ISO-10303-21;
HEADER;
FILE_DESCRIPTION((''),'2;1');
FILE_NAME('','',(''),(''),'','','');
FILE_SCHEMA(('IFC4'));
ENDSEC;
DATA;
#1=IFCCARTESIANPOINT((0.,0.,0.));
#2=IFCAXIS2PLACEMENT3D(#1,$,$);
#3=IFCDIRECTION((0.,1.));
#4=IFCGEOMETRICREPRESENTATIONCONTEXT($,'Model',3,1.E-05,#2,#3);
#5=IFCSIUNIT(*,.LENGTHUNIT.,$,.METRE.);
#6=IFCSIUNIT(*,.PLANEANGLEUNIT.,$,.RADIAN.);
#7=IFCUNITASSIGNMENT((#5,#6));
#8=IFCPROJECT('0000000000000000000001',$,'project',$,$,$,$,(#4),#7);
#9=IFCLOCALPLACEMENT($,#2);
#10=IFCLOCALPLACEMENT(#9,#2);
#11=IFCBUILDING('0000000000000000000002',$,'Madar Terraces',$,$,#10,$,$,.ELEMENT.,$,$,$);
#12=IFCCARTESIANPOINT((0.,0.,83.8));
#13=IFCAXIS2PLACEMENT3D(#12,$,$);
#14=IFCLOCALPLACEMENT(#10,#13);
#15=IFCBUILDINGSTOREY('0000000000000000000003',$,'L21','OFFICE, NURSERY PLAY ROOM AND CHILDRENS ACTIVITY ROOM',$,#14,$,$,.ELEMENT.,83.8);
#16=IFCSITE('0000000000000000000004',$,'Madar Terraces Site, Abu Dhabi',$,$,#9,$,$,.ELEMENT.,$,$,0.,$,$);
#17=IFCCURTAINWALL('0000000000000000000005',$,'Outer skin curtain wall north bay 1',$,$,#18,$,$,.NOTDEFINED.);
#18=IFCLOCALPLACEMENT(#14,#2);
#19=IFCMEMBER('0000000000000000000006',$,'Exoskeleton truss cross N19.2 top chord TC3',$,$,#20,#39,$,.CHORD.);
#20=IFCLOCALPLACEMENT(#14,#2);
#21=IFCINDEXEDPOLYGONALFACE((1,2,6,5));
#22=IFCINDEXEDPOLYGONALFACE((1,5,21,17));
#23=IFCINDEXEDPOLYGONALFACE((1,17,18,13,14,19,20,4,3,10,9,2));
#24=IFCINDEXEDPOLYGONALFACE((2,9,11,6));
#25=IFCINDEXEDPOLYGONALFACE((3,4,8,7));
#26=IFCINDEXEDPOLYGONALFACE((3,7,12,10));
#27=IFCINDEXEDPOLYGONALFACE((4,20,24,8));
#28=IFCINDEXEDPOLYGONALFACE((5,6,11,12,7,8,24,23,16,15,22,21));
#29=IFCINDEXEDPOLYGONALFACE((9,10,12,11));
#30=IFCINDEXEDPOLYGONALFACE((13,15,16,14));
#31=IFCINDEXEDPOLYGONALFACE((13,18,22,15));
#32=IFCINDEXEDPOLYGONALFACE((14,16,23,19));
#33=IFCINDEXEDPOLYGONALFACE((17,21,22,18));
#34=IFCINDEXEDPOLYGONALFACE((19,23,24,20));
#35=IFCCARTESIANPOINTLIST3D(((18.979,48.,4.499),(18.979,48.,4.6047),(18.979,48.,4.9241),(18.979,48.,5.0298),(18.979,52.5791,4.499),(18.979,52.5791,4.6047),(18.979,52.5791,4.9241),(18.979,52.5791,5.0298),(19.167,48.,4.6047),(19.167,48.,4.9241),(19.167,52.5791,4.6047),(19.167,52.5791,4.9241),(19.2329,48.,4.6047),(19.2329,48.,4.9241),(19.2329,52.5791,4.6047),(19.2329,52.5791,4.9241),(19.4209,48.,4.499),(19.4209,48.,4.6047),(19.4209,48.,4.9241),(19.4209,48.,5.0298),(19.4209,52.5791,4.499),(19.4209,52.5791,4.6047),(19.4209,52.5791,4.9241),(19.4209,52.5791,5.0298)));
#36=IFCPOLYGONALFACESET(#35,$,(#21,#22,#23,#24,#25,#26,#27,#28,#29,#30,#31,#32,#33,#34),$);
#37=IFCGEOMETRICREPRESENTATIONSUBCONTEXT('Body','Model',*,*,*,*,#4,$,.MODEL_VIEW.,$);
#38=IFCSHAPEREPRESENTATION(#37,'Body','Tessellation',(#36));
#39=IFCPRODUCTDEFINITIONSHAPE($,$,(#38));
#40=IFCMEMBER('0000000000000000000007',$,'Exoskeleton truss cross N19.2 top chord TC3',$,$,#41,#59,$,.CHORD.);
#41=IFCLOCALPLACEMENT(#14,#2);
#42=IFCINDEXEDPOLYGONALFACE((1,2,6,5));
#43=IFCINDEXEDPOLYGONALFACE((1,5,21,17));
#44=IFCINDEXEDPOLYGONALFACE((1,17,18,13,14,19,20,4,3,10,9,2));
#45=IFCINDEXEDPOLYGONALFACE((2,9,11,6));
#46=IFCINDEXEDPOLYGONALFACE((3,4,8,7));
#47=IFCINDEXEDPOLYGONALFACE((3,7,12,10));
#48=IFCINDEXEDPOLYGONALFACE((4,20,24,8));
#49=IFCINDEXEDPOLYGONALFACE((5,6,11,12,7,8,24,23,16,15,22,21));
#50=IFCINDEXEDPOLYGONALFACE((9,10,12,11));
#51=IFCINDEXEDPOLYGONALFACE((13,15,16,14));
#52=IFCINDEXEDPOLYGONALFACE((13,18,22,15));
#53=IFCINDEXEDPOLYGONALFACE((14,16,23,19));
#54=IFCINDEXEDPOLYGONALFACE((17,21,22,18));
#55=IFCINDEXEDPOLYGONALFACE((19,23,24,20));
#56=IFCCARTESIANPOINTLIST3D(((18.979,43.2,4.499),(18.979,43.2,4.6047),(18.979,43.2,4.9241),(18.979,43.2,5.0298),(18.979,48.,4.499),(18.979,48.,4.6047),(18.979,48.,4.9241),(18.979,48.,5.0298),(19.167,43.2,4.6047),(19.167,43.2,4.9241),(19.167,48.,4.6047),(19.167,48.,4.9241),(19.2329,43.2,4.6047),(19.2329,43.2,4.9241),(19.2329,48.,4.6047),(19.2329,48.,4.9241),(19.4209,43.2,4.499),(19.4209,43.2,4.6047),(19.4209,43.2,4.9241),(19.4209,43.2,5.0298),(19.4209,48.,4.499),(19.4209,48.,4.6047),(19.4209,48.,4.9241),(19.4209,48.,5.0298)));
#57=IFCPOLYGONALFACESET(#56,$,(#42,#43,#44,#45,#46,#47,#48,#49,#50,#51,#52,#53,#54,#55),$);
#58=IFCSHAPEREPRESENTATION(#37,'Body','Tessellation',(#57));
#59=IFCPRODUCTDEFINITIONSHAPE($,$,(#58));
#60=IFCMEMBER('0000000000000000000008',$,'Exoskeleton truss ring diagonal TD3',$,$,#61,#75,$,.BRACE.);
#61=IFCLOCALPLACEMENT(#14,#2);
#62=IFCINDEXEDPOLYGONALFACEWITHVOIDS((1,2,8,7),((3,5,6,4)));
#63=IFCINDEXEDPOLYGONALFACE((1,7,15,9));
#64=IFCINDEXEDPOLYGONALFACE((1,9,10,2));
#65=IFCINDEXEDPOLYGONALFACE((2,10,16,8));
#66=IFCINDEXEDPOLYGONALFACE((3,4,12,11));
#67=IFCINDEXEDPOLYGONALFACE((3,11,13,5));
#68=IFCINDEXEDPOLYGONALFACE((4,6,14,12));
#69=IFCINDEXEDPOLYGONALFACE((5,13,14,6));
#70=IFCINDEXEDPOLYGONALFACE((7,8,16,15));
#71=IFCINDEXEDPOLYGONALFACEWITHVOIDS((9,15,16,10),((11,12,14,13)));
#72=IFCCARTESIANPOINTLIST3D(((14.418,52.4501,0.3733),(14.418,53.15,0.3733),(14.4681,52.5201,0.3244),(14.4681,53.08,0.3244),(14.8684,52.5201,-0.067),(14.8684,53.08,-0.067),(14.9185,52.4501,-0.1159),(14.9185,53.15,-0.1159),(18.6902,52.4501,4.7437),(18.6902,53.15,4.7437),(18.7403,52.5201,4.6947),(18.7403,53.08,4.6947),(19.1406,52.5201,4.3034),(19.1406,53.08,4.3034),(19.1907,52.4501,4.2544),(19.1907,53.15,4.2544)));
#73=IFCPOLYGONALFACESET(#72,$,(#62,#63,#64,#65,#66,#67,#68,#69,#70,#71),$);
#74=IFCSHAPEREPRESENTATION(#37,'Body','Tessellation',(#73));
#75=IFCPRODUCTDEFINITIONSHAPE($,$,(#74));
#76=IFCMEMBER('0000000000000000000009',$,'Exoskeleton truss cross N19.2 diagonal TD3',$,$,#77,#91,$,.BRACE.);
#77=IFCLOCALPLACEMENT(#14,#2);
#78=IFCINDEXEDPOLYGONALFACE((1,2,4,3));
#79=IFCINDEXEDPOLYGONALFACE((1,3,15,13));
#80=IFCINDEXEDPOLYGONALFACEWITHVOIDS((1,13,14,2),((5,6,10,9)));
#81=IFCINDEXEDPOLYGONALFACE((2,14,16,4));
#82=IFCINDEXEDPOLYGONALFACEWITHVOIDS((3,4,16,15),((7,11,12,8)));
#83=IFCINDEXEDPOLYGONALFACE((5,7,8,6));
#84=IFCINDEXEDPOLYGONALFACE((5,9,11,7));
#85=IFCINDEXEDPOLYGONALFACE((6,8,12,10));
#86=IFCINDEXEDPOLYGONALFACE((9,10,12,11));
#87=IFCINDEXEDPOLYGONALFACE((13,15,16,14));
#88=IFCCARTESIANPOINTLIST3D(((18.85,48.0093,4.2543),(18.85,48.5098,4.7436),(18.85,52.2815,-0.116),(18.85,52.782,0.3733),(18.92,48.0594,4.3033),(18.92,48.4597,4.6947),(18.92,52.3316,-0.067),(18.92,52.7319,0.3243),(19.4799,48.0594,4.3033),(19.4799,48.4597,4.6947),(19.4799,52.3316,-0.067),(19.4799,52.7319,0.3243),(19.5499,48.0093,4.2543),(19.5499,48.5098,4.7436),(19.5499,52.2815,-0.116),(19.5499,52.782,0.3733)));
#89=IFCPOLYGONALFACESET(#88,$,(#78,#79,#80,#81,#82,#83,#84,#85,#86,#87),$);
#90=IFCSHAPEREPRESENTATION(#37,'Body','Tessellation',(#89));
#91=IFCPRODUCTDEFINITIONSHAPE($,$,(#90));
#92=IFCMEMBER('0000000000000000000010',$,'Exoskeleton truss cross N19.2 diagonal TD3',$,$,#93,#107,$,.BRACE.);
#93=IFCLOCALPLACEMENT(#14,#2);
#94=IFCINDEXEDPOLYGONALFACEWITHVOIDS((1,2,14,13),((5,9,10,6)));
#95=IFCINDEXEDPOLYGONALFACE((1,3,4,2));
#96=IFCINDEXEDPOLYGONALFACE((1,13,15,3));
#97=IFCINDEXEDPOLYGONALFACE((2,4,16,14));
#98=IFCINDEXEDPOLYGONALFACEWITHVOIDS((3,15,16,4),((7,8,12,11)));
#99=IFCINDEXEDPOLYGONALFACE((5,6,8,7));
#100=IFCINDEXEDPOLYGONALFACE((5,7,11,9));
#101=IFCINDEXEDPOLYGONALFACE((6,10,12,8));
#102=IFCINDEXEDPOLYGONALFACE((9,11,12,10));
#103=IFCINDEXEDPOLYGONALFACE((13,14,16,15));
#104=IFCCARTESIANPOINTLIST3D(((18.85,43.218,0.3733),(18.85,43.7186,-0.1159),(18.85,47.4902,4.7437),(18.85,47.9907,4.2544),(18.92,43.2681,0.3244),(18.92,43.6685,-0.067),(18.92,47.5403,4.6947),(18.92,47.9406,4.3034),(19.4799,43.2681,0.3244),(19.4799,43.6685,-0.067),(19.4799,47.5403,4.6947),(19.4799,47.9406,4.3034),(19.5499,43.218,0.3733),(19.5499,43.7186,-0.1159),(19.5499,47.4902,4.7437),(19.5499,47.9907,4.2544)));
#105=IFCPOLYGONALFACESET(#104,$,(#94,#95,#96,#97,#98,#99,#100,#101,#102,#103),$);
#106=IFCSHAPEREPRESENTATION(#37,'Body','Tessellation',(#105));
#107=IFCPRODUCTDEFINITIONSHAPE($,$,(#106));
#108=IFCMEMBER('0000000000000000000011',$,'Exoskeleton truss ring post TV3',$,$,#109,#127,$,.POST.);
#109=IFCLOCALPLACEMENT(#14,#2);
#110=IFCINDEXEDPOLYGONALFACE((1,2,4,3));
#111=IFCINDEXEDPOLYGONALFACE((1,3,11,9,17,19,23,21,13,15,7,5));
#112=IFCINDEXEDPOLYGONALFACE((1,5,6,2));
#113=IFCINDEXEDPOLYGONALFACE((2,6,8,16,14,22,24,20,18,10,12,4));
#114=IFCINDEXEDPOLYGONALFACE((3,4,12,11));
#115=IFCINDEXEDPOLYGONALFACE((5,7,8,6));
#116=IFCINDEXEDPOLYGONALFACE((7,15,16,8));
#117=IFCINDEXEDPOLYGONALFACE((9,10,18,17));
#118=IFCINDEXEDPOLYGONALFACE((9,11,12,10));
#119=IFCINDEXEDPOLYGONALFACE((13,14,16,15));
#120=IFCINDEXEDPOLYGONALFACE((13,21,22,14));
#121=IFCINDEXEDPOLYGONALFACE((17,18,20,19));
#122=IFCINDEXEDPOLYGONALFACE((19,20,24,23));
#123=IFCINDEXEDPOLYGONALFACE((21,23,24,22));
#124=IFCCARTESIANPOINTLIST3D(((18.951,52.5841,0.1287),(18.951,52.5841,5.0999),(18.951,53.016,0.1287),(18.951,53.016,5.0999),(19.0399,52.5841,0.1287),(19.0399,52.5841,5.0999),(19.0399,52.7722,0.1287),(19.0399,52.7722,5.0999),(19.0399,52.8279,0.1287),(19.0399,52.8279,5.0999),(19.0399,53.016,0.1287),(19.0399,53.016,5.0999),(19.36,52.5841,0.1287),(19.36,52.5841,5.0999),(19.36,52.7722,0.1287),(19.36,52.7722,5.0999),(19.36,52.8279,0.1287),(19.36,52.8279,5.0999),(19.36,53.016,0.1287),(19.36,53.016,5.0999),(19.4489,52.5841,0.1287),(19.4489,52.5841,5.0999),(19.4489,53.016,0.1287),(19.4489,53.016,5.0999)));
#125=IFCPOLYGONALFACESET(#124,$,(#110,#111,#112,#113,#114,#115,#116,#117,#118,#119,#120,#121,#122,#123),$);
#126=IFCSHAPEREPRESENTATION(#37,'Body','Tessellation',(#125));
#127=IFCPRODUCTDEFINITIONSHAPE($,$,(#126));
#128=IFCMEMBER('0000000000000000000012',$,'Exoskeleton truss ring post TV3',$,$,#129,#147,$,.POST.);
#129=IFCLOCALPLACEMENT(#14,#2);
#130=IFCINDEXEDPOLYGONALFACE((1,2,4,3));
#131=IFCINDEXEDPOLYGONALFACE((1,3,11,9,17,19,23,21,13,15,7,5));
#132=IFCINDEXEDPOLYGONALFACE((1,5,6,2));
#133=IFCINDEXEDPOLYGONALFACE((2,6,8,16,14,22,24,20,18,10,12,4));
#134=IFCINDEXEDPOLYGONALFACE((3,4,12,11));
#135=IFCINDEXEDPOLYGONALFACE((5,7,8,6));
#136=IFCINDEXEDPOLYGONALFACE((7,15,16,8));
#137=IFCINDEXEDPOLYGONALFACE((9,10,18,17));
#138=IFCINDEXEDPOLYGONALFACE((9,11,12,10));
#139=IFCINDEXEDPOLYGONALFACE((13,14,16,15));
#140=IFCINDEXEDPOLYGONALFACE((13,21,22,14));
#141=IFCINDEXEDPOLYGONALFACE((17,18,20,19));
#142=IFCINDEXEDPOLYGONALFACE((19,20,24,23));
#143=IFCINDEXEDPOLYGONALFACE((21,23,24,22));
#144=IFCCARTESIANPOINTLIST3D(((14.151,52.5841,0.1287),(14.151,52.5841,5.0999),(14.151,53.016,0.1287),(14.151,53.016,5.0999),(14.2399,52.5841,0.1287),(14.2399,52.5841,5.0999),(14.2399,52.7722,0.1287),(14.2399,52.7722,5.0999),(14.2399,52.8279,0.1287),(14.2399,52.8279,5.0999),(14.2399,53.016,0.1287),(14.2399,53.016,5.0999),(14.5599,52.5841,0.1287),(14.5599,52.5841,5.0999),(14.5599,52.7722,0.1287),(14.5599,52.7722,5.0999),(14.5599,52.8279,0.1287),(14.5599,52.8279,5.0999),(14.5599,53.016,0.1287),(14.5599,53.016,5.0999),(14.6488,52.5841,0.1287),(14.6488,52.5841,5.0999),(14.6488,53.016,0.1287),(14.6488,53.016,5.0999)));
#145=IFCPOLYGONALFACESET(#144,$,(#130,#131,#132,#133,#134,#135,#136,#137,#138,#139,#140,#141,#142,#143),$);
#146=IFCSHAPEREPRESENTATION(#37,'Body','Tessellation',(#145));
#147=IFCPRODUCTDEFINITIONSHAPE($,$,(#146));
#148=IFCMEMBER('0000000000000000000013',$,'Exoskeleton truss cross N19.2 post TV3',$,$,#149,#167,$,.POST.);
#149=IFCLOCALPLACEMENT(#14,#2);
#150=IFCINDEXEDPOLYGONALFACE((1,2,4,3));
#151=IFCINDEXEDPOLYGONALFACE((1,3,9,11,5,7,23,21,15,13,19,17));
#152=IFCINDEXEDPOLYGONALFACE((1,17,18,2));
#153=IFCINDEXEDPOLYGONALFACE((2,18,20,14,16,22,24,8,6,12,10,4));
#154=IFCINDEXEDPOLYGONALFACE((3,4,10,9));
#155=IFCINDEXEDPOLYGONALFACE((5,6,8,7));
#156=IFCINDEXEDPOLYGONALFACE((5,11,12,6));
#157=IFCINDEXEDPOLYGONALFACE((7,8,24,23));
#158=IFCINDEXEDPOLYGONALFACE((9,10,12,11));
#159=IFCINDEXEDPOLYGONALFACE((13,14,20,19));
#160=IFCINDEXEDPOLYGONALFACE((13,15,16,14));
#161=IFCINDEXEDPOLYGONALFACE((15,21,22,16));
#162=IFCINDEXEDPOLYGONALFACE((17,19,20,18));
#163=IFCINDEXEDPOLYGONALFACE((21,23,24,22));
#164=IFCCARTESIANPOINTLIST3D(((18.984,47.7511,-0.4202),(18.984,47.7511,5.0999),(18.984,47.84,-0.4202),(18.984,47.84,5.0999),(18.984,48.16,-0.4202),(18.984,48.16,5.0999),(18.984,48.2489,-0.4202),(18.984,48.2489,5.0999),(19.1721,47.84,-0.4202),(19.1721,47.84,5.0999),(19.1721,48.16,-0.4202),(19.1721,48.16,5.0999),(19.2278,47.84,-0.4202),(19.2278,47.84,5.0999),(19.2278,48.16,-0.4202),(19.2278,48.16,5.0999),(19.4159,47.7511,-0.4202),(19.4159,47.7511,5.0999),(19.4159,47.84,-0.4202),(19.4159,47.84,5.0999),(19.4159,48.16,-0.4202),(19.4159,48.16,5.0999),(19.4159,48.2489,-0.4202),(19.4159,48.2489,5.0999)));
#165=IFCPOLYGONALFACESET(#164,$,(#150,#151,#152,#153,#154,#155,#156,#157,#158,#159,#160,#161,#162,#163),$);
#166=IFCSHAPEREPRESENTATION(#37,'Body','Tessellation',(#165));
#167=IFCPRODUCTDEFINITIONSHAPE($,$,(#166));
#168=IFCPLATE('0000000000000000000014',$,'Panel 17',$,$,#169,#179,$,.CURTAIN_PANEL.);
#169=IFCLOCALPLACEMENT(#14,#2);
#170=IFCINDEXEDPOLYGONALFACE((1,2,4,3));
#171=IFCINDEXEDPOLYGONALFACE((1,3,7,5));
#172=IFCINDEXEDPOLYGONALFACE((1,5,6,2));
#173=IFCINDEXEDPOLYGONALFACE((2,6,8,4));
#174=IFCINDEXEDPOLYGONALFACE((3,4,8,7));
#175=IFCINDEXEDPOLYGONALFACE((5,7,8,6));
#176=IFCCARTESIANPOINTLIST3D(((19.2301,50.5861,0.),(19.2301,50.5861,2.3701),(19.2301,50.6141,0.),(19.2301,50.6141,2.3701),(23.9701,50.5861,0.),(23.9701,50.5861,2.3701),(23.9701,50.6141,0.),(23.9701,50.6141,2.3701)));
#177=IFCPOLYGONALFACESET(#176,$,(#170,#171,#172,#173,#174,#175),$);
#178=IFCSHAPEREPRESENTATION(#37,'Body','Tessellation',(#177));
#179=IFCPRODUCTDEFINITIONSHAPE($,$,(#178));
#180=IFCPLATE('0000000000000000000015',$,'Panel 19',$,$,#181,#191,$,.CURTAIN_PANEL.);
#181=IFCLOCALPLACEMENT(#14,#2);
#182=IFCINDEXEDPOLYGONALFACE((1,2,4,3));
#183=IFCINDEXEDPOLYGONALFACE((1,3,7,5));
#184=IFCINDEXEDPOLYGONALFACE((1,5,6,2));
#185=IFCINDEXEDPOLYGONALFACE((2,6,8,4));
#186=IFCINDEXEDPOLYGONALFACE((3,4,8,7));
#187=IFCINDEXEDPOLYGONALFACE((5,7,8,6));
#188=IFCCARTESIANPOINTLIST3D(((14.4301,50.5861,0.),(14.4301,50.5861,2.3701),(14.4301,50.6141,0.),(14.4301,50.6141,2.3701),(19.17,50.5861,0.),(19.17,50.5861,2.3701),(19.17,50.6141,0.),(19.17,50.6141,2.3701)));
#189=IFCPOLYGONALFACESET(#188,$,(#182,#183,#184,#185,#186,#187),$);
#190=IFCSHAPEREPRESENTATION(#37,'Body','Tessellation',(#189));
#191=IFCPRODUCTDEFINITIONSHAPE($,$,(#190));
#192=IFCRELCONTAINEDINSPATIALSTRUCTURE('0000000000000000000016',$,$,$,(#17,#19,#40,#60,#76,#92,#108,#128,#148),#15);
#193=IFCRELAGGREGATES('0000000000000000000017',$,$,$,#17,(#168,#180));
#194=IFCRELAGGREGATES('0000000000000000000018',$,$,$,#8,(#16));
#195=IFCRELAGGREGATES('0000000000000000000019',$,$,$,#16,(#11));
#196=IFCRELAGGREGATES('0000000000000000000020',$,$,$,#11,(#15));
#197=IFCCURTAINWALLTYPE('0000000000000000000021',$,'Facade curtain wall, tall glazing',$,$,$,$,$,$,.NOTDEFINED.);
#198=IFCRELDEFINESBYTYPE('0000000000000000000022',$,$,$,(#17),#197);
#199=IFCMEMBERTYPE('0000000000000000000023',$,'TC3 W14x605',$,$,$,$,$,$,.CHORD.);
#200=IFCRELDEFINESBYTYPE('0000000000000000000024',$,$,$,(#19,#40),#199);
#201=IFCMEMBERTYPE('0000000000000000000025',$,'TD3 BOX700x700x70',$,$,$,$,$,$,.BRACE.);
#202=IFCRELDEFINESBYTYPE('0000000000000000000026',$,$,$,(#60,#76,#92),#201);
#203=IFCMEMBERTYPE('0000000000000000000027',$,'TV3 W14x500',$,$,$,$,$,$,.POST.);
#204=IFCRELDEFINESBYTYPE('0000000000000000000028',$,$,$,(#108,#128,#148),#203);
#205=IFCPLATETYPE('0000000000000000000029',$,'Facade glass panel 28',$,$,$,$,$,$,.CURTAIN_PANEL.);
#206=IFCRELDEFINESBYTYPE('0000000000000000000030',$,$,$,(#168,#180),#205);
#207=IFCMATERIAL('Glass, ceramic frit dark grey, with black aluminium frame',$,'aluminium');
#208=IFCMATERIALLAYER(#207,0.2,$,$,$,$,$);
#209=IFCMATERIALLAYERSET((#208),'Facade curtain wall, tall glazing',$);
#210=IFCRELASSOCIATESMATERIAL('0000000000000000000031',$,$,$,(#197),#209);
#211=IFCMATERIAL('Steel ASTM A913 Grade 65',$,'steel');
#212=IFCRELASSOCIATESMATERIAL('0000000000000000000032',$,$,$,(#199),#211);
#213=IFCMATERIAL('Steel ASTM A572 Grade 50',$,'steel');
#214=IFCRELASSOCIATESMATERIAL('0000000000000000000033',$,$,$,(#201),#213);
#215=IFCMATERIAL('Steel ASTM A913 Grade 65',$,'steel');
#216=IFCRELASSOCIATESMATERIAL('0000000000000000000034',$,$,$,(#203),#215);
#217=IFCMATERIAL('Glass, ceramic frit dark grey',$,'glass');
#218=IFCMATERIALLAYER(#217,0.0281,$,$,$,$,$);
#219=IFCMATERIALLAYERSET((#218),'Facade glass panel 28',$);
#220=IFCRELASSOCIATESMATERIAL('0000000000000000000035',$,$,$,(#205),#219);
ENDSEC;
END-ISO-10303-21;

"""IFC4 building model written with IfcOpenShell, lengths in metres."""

from ifc_helpers import new_model, si_unit, direction, frame, origin, origin_2d, place, context, subcontext, project, spatial, rectangle, hollow_rectangle, i_section, extrude, material, layer, layer_set, material_profile, profile_set, type_object, element, aggregate, save


model = new_model("IFC4")

# Units and contexts
model_context = context("Model", 3, precision=1e-05, world=origin(), true_north=direction((0.0, 1.0)))
body_context = subcontext(model_context, "Body", "Model", "MODEL_VIEW")
ifc_project = project(units=[si_unit("LENGTHUNIT", "METRE"), si_unit("PLANEANGLEUNIT", "RADIAN")], contexts=[model_context])

# Site, building, storey
site_placement = place(None, origin())
site = spatial("IfcSite", under=ifc_project, at=site_placement, Name="Madar Terraces Site, Abu Dhabi", CompositionType="ELEMENT", RefElevation=0.0)
building_placement = place(site_placement, origin())
building = spatial("IfcBuilding", under=site, at=building_placement, Name="Madar Terraces", CompositionType="ELEMENT")
storey_placement = place(building_placement, frame((0.0, 0.0, 83.8)))
storey = spatial("IfcBuildingStorey", under=building, at=storey_placement, Name="L21", Description="OFFICE, NURSERY PLAY ROOM AND CHILDRENS ACTIVITY ROOM", CompositionType="ELEMENT", Elevation=83.8)

# Curtain wall
ifc_material_1 = material(Name="Glass, ceramic frit dark grey, with black aluminium frame", Category="aluminium")
ifc_layer_1 = layer(ifc_material_1, 0.2)
ifc_layer_set_1 = layer_set([ifc_layer_1], Name="Facade curtain wall, tall glazing")
curtain_wall_type = type_object("IfcCurtainWallType", Name="Facade curtain wall, tall glazing", PredefinedType="NOTDEFINED", material=ifc_layer_set_1)
curtain_wall_placement = place(storey_placement, origin())
curtain_wall = element("IfcCurtainWall", 1, at=curtain_wall_placement, inside=storey, type_object=curtain_wall_type, Name="Outer skin curtain wall north bay 1", PredefinedType="NOTDEFINED")

# Members
ifc_material_2 = material(Name="Steel ASTM A913 Grade 65", Category="steel")
ifc_material_profile_1 = material_profile(ifc_material_2, i_section(OverallWidth=0.4419, OverallDepth=0.5308, WebThickness=0.0659, FlangeThickness=0.1057, at=origin_2d()), Name="W14x605")
ifc_profile_set_1 = profile_set([ifc_material_profile_1], Name="Steel ASTM A913 Grade 65")
member_type_1 = type_object("IfcMemberType", Name="TC3 W14x605", PredefinedType="CHORD", material=ifc_profile_set_1)
member_1_placement = place(storey_placement, frame((19.2, 52.5791, 4.7644), z_axis=(0.0, -1.0, 0.0), x_axis=(1.0, 0.0, 0.0)))
element("IfcMember", 2, at=member_1_placement, inside=storey, type_object=member_type_1, Name="Exoskeleton truss cross N19.2 top chord TC3", PredefinedType="CHORD", context=body_context, shape_type="SweptSolid", body=[
    extrude(i_section(OverallWidth=0.4419, OverallDepth=0.5308, WebThickness=0.0659, FlangeThickness=0.1057, at=origin_2d()), origin(), (0.0, 0.0, 1.0), 4.5791),
])
member_2_placement = place(storey_placement, frame((19.2, 48.0, 4.7644), z_axis=(0.0, -1.0, 0.0), x_axis=(1.0, 0.0, 0.0)))
element("IfcMember", 3, at=member_2_placement, inside=storey, type_object=member_type_1, Name="Exoskeleton truss cross N19.2 top chord TC3", PredefinedType="CHORD", context=body_context, shape_type="SweptSolid", body=[
    extrude(i_section(OverallWidth=0.4419, OverallDepth=0.5308, WebThickness=0.0659, FlangeThickness=0.1057, at=origin_2d()), origin(), (0.0, 0.0, 1.0), 4.8),
])
ifc_material_3 = material(Name="Steel ASTM A572 Grade 50", Category="steel")
ifc_material_profile_2 = material_profile(ifc_material_3, hollow_rectangle(XDim=0.7, YDim=0.7, WallThickness=0.0701, at=origin_2d()), Name="BOX700x700x70")
ifc_profile_set_2 = profile_set([ifc_material_profile_2], Name="Steel ASTM A572 Grade 50")
member_type_2 = type_object("IfcMemberType", Name="TD3 BOX700x700x70", PredefinedType="BRACE", material=ifc_profile_set_2)
for number, where, z_axis, x_axis, name in (
    (4, (18.9404, 52.8, 4.499), (-0.699032, 0.0, -0.715091), (0.0, -1.0, 0.0), "Exoskeleton truss ring diagonal TD3"),
    (5, (19.2, 52.5317, 0.1287), (0.0, -0.699032, 0.715091), (1.0, 0.0, 0.0), "Exoskeleton truss cross N19.2 diagonal TD3"),
    (6, (19.2, 47.7405, 4.499), (0.0, -0.699032, -0.715091), (1.0, 0.0, 0.0), "Exoskeleton truss cross N19.2 diagonal TD3"),
):
    element("IfcMember", number, at=place(storey_placement, frame(where, z_axis=z_axis, x_axis=x_axis)), inside=storey, type_object=member_type_2, Name=name, PredefinedType="BRACE", context=body_context, shape_type="SweptSolid", body=[
        extrude(hollow_rectangle(XDim=0.7, YDim=0.7, WallThickness=0.0701, at=origin_2d()), origin(), (0.0, 0.0, 1.0), 6.1116),
    ])
ifc_material_4 = material(Name="Steel ASTM A913 Grade 65", Category="steel")
ifc_material_profile_3 = material_profile(ifc_material_4, i_section(OverallWidth=0.4319, OverallDepth=0.4978, WebThickness=0.0557, FlangeThickness=0.0889, at=origin_2d()), Name="W14x500")
ifc_profile_set_3 = profile_set([ifc_material_profile_3], Name="Steel ASTM A913 Grade 65")
member_type_3 = type_object("IfcMemberType", Name="TV3 W14x500", PredefinedType="POST", material=ifc_profile_set_3)
for number, where, z_axis, x_axis, name in (
    (7, (19.2, 52.8, 0.1287), (0.0, 0.0, 1.0), (0.0, -1.0, 0.0), "Exoskeleton truss ring post TV3"),
    (8, (14.3999, 52.8, 0.1287), (0.0, 0.0, 1.0), (0.0, -1.0, 0.0), "Exoskeleton truss ring post TV3"),
):
    element("IfcMember", number, at=place(storey_placement, frame(where, z_axis=z_axis, x_axis=x_axis)), inside=storey, type_object=member_type_3, Name=name, PredefinedType="POST", context=body_context, shape_type="SweptSolid", body=[
        extrude(i_section(OverallWidth=0.4319, OverallDepth=0.4978, WebThickness=0.0557, FlangeThickness=0.0889, at=origin_2d()), origin(), (0.0, 0.0, 1.0), 4.9712),
    ])
member_3_placement = place(storey_placement, frame((19.2, 48.0, -0.4202), z_axis=(0.0, 0.0, 1.0), x_axis=(-1.0, 0.0, 0.0)))
element("IfcMember", 9, at=member_3_placement, inside=storey, type_object=member_type_3, Name="Exoskeleton truss cross N19.2 post TV3", PredefinedType="POST", context=body_context, shape_type="SweptSolid", body=[
    extrude(i_section(OverallWidth=0.4319, OverallDepth=0.4978, WebThickness=0.0557, FlangeThickness=0.0889, at=origin_2d()), origin(), (0.0, 0.0, 1.0), 5.52),
])

# Plates
ifc_material_5 = material(Name="Glass, ceramic frit dark grey", Category="glass")
ifc_layer_2 = layer(ifc_material_5, 0.0281)
ifc_layer_set_2 = layer_set([ifc_layer_2], Name="Facade glass panel 28")
plate_type = type_object("IfcPlateType", Name="Facade glass panel 28", PredefinedType="CURTAIN_PANEL", material=ifc_layer_set_2)
plate_1_placement = place(storey_placement, frame((21.6001, 50.6001, 0.0), z_axis=(0.0, 0.0, 1.0), x_axis=(-1.0, 0.0, 0.0)))
plate_1 = element("IfcPlate", 10, at=plate_1_placement, type_object=plate_type, Name="Panel 17", PredefinedType="CURTAIN_PANEL", context=body_context, shape_type="SweptSolid", body=[
    extrude(rectangle(XDim=4.74, YDim=0.0281, at=origin_2d()), origin(), (0.0, 0.0, 1.0), 2.3701),
])
plate_2_placement = place(storey_placement, frame((16.8, 50.6001, 0.0), z_axis=(0.0, 0.0, 1.0), x_axis=(-1.0, 0.0, 0.0)))
plate_2 = element("IfcPlate", 11, at=plate_2_placement, type_object=plate_type, Name="Panel 19", PredefinedType="CURTAIN_PANEL", context=body_context, shape_type="SweptSolid", body=[
    extrude(rectangle(XDim=4.74, YDim=0.0281, at=origin_2d()), origin(), (0.0, 0.0, 1.0), 2.3701),
])
aggregate(curtain_wall, [plate_1, plate_2])

save(model, "model.ifc")
